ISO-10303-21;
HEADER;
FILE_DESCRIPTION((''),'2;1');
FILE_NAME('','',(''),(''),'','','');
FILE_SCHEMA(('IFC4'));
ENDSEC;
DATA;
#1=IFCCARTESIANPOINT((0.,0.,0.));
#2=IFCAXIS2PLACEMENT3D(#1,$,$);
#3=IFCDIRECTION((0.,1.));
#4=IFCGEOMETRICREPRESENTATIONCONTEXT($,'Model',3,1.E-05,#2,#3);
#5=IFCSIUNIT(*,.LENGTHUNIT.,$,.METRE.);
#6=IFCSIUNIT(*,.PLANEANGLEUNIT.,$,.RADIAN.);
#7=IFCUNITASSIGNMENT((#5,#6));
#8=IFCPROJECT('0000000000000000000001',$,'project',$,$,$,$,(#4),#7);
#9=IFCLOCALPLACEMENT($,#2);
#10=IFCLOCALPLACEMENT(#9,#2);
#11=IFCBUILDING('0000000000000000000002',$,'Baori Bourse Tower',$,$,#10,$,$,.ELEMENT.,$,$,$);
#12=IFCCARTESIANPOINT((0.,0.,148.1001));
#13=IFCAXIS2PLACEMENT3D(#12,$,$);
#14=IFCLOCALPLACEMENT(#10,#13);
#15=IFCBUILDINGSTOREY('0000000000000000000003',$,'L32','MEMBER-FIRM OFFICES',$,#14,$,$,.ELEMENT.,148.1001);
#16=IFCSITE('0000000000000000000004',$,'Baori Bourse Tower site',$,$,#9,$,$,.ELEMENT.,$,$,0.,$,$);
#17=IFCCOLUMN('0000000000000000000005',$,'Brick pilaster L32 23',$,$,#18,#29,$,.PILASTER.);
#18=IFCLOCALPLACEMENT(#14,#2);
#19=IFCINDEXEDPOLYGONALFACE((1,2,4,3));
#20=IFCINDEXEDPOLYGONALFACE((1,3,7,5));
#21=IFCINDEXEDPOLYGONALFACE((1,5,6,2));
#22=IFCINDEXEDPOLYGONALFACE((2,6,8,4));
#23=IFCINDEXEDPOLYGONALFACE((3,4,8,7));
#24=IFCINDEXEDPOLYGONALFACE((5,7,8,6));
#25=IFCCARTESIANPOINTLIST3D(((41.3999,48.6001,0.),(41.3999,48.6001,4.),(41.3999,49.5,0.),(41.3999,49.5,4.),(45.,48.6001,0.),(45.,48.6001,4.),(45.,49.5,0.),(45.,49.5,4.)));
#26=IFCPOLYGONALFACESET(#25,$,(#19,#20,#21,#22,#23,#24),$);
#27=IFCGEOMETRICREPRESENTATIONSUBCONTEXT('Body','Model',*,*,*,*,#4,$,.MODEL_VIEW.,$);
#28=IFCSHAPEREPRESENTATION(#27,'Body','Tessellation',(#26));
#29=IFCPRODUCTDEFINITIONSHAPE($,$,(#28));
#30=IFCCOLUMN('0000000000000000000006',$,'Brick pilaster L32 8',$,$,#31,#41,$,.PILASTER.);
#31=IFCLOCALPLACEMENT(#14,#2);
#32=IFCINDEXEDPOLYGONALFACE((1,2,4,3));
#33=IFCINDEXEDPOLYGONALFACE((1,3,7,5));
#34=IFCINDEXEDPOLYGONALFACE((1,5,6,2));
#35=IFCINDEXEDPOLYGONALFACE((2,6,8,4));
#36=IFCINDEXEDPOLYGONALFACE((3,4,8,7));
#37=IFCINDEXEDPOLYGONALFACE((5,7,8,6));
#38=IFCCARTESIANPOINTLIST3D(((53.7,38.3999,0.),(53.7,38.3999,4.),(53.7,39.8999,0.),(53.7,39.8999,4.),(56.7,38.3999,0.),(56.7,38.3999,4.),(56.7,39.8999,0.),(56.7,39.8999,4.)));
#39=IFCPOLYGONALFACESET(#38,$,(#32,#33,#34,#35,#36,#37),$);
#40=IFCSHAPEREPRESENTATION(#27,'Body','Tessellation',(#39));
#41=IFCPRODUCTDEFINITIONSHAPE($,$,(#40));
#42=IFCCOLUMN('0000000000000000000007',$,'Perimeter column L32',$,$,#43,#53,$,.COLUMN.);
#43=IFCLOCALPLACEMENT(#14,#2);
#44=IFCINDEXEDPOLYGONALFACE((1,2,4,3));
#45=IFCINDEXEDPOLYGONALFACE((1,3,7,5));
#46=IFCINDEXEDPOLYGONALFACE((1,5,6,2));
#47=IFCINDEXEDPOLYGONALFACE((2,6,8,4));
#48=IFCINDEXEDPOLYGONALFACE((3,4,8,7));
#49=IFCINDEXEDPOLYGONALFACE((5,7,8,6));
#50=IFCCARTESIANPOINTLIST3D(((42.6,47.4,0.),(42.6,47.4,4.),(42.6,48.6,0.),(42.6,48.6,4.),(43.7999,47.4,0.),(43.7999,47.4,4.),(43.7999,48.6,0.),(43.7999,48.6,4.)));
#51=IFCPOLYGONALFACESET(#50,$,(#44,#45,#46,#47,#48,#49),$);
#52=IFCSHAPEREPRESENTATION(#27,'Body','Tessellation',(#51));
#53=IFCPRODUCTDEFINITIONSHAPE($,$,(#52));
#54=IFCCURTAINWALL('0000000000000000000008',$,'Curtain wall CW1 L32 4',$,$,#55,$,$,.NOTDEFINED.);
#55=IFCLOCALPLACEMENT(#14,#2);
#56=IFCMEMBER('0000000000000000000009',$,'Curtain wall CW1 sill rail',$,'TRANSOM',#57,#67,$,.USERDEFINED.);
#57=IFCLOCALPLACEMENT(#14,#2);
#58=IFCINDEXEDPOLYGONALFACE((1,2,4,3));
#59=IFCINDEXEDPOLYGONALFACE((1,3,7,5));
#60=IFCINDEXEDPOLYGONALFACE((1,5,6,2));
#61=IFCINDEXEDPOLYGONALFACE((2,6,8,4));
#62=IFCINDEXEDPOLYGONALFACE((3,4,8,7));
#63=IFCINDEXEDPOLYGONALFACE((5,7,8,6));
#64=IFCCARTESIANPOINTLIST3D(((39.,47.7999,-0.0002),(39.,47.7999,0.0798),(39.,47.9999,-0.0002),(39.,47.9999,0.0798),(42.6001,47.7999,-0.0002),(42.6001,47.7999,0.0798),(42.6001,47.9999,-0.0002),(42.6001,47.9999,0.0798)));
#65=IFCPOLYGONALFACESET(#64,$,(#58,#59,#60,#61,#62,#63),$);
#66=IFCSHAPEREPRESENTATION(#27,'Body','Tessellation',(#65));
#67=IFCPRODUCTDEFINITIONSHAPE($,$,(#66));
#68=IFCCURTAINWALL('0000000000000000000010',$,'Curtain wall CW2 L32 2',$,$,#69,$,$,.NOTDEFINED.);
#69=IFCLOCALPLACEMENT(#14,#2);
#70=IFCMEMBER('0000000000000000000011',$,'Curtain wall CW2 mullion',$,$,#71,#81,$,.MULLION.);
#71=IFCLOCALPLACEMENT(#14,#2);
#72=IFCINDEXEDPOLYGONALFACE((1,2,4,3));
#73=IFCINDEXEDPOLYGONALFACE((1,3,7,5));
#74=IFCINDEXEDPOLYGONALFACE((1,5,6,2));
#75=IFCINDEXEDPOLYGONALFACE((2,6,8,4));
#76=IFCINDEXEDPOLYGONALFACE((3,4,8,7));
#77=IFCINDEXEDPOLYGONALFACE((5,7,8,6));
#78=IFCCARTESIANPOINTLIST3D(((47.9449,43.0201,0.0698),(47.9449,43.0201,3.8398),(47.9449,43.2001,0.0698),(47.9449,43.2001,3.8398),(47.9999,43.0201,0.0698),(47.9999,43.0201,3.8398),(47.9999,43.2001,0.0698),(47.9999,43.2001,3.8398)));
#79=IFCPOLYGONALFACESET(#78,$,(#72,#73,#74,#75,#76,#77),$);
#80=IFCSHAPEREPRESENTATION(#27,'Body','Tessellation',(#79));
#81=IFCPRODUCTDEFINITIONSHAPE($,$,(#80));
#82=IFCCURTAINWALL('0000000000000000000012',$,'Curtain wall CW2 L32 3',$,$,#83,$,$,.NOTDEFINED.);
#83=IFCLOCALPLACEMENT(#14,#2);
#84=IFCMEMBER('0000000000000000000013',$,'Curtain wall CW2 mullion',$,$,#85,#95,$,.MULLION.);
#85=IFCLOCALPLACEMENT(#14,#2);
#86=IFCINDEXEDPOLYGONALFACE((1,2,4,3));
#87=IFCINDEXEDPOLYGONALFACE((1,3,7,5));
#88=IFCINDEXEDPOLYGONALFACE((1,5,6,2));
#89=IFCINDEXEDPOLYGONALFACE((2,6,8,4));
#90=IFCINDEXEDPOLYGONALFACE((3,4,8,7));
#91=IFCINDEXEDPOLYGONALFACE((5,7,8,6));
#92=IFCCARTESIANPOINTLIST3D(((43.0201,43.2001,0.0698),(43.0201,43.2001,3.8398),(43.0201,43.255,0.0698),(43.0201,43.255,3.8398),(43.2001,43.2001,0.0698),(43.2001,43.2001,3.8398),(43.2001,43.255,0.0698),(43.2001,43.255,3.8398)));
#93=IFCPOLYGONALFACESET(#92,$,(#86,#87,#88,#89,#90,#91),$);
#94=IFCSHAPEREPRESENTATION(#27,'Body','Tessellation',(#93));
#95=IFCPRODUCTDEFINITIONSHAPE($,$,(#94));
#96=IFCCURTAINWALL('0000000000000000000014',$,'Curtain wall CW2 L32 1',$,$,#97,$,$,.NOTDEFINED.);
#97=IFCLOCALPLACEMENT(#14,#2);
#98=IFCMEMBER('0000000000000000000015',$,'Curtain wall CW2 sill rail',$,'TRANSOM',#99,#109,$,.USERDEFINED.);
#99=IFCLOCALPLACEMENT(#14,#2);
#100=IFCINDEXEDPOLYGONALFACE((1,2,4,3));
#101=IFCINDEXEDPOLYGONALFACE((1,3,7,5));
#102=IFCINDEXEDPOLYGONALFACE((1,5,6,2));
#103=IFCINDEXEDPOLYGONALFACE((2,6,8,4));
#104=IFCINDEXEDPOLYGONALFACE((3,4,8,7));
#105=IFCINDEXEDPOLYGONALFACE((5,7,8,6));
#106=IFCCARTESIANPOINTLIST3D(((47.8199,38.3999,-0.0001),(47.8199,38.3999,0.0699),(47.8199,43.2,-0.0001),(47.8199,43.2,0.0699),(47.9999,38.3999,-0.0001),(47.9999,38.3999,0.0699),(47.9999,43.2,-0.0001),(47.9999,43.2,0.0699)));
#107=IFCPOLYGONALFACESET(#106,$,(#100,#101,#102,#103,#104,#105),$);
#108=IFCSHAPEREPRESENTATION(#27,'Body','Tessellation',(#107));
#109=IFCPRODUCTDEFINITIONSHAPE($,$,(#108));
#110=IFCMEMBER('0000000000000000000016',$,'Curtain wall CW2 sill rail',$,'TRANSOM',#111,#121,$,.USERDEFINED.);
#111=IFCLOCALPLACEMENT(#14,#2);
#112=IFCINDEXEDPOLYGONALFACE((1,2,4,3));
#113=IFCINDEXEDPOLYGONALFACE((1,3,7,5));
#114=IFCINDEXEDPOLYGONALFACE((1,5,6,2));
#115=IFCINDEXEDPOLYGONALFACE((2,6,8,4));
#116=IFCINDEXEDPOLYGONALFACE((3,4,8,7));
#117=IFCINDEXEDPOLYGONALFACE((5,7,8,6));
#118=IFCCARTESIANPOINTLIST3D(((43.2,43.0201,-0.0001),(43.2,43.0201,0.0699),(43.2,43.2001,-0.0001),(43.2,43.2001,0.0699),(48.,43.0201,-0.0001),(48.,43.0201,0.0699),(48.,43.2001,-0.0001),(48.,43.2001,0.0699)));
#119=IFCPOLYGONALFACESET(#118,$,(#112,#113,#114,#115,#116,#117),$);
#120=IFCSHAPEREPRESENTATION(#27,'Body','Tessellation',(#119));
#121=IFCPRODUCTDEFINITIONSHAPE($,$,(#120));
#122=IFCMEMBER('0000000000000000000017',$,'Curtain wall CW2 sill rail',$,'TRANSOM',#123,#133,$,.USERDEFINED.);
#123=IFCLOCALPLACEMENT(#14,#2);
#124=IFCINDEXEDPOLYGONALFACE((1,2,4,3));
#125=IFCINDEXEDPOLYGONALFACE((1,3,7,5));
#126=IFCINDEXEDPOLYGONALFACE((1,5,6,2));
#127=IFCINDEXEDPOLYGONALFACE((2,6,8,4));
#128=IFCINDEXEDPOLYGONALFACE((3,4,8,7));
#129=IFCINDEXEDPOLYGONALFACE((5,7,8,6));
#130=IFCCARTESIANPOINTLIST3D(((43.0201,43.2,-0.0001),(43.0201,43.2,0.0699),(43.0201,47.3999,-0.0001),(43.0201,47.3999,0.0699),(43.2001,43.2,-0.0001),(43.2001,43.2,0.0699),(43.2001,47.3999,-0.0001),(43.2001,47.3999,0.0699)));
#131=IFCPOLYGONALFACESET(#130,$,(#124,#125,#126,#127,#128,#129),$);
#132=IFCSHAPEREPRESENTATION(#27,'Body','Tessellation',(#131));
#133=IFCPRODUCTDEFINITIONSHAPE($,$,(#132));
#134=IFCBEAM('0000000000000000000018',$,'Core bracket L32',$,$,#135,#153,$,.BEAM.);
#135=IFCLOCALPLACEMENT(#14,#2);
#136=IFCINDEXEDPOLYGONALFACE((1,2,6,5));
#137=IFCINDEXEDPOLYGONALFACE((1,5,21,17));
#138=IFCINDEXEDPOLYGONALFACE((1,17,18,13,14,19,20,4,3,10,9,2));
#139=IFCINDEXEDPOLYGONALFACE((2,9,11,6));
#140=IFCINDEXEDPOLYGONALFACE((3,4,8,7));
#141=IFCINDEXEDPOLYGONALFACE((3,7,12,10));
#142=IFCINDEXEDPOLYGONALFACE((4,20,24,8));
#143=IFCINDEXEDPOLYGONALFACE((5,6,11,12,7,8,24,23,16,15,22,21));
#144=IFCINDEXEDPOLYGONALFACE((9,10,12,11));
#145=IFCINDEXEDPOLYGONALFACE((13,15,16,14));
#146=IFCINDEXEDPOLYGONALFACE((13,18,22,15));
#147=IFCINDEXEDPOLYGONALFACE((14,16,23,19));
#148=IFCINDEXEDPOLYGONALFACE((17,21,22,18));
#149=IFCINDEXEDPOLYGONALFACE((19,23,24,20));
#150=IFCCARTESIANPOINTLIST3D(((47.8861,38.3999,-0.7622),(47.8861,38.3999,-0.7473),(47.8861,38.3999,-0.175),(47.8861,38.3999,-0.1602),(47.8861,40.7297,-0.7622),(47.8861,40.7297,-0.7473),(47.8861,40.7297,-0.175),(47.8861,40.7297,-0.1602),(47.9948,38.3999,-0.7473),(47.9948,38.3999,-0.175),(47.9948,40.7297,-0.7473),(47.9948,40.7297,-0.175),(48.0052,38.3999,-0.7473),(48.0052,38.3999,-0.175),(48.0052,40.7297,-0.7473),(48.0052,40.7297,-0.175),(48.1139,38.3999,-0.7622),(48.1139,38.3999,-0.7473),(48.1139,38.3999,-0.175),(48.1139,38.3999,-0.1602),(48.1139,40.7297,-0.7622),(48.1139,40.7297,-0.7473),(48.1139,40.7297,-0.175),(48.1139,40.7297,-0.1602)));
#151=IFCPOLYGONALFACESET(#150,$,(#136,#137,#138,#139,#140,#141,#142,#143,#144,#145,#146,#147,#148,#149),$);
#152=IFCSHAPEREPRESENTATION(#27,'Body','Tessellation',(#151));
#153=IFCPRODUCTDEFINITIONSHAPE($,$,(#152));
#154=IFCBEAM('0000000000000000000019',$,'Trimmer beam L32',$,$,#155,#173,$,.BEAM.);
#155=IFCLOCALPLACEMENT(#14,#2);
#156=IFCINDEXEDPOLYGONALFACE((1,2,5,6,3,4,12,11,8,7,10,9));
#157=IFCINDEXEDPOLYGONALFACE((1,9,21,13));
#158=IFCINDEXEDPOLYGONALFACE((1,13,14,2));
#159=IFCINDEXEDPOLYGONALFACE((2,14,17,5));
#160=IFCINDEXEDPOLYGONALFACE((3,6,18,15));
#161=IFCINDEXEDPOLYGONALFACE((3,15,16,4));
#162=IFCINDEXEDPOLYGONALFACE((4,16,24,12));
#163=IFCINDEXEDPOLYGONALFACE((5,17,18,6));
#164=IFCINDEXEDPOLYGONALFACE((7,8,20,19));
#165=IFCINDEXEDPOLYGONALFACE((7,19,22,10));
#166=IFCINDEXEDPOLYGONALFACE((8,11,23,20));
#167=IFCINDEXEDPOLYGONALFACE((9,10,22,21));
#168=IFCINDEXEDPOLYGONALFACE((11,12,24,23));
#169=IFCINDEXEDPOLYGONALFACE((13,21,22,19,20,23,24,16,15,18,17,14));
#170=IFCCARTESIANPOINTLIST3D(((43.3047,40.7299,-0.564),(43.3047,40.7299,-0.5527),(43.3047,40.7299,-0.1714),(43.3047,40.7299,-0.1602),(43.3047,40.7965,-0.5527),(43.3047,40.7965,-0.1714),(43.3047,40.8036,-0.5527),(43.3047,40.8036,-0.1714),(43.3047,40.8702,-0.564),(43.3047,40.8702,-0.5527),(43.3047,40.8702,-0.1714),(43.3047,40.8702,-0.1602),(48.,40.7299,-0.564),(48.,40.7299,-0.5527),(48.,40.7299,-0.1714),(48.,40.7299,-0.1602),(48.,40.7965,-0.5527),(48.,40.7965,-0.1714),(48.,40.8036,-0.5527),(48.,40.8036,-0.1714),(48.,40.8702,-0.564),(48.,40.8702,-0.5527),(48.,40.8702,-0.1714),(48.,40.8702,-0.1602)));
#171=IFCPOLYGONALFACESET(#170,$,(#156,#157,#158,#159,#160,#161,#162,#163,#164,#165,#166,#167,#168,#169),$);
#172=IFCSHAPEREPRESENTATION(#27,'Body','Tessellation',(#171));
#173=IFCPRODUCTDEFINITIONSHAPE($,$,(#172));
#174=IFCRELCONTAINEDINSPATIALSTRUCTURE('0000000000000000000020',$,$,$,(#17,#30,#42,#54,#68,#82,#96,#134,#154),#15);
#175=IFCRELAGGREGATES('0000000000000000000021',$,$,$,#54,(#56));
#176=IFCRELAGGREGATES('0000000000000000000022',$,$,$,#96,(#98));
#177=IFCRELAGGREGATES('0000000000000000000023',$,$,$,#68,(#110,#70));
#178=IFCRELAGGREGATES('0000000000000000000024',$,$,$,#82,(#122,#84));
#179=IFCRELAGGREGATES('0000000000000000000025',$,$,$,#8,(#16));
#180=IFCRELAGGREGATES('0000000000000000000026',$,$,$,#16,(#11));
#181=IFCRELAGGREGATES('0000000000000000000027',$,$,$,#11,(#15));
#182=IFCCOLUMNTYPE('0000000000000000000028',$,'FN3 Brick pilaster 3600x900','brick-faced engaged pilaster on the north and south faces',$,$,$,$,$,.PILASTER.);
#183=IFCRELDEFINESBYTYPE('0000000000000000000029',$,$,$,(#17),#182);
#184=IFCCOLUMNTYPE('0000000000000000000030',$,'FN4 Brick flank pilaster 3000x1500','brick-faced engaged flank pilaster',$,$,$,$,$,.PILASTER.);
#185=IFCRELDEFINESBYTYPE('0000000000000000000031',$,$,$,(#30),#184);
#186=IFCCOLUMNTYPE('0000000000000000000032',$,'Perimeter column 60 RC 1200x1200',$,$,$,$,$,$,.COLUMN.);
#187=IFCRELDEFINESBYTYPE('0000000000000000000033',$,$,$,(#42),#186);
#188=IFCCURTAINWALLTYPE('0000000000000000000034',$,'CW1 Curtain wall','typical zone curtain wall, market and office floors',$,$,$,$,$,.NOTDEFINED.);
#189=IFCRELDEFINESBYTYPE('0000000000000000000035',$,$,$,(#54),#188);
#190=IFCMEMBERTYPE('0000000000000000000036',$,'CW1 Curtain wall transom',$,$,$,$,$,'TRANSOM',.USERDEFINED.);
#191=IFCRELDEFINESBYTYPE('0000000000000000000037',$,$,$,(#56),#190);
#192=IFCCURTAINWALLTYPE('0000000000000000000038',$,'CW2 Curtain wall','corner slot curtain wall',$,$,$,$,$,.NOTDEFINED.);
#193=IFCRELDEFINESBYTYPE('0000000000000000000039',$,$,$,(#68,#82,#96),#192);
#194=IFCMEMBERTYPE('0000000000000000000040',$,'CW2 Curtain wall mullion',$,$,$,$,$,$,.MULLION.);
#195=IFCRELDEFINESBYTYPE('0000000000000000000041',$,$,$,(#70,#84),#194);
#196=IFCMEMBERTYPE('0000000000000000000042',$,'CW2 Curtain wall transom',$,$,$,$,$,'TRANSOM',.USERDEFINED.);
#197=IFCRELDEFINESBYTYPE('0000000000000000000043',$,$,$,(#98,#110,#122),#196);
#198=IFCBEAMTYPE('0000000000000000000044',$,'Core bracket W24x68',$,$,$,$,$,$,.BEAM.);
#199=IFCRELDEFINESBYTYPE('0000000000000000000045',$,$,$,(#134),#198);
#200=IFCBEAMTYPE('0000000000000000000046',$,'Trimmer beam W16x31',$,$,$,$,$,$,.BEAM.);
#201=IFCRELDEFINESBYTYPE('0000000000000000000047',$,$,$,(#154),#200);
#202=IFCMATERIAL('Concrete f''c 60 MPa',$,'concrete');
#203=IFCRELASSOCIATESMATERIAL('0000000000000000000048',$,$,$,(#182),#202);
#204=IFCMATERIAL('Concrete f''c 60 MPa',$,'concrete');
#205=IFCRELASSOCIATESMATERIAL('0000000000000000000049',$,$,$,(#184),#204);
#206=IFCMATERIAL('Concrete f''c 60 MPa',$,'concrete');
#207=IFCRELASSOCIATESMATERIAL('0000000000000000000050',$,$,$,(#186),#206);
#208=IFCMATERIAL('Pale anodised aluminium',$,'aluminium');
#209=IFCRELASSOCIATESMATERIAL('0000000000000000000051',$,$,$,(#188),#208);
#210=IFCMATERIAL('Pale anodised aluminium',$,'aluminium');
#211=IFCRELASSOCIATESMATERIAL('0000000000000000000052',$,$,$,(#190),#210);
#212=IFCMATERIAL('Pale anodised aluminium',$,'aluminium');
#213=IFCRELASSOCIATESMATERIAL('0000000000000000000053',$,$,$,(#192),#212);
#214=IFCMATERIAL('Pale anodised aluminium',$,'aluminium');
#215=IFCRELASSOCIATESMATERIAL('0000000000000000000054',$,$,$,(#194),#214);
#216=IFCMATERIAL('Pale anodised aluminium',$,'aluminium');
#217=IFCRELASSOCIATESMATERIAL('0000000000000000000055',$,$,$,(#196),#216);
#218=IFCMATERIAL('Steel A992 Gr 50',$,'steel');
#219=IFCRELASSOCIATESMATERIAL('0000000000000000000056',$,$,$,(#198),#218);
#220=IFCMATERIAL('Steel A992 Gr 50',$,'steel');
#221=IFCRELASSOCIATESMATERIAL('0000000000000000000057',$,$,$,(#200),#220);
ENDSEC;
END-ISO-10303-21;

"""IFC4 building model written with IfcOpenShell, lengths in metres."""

from ifc_helpers import new_model, si_unit, direction, frame, origin, origin_2d, place, context, subcontext, project, spatial, rectangle, i_section, extrude, material, material_profile, profile_set, type_object, element, aggregate, save


model = new_model("IFC4")

# Units and contexts
model_context = context("Model", 3, precision=1e-05, world=origin(), true_north=direction((0.0, 1.0)))
body_context = subcontext(model_context, "Body", "Model", "MODEL_VIEW")
ifc_project = project(units=[si_unit("LENGTHUNIT", "METRE"), si_unit("PLANEANGLEUNIT", "RADIAN")], contexts=[model_context])

# Site, building, storey
site_placement = place(None, origin())
site = spatial("IfcSite", under=ifc_project, at=site_placement, Name="Baori Bourse Tower site", CompositionType="ELEMENT", RefElevation=0.0)
building_placement = place(site_placement, origin())
building = spatial("IfcBuilding", under=site, at=building_placement, Name="Baori Bourse Tower", CompositionType="ELEMENT")
storey_placement = place(building_placement, frame((0.0, 0.0, 148.1001)))
storey = spatial("IfcBuildingStorey", under=building, at=storey_placement, Name="L32", Description="MEMBER-FIRM OFFICES", CompositionType="ELEMENT", Elevation=148.1001)

# Columns
ifc_material_1 = material(Name="Concrete f'c 60 MPa", Category="concrete")
ifc_material_profile_1 = material_profile(ifc_material_1, rectangle(XDim=3.6001, YDim=0.8999, at=origin_2d()), Name="RC 3600x900")
ifc_profile_set_1 = profile_set([ifc_material_profile_1], Name="Concrete f'c 60 MPa")
column_type_1 = type_object("IfcColumnType", Name="FN3 Brick pilaster 3600x900", Description="brick-faced engaged pilaster on the north and south faces", PredefinedType="PILASTER", material=ifc_profile_set_1)
column_1_placement = place(storey_placement, frame((43.2, 49.05, 0.0), z_axis=(0.0, 0.0, 1.0), x_axis=(1.0, 0.0, 0.0)))
element("IfcColumn", 1, at=column_1_placement, inside=storey, type_object=column_type_1, Name="Brick pilaster L32 23", PredefinedType="PILASTER", context=body_context, shape_type="SweptSolid", body=[
    extrude(rectangle(XDim=3.6001, YDim=0.8999, at=origin_2d()), origin(), (0.0, 0.0, 1.0), 4.0),
])
ifc_material_2 = material(Name="Concrete f'c 60 MPa", Category="concrete")
ifc_material_profile_2 = material_profile(ifc_material_2, rectangle(XDim=3.0, YDim=1.5, at=origin_2d()), Name="RC 3000x1500")
ifc_profile_set_2 = profile_set([ifc_material_profile_2], Name="Concrete f'c 60 MPa")
column_type_2 = type_object("IfcColumnType", Name="FN4 Brick flank pilaster 3000x1500", Description="brick-faced engaged flank pilaster", PredefinedType="PILASTER", material=ifc_profile_set_2)
column_2_placement = place(storey_placement, frame((55.2, 39.1499, 0.0), z_axis=(0.0, 0.0, 1.0), x_axis=(1.0, 0.0, 0.0)))
element("IfcColumn", 2, at=column_2_placement, inside=storey, type_object=column_type_2, Name="Brick pilaster L32 8", PredefinedType="PILASTER", context=body_context, shape_type="SweptSolid", body=[
    extrude(rectangle(XDim=3.0, YDim=1.5, at=origin_2d()), origin(), (0.0, 0.0, 1.0), 4.0),
])
ifc_material_3 = material(Name="Concrete f'c 60 MPa", Category="concrete")
ifc_material_profile_3 = material_profile(ifc_material_3, rectangle(XDim=1.2, YDim=1.2, at=origin_2d()), Name="RC 1200x1200")
ifc_profile_set_3 = profile_set([ifc_material_profile_3], Name="Concrete f'c 60 MPa")
column_type_3 = type_object("IfcColumnType", Name="Perimeter column 60 RC 1200x1200", PredefinedType="COLUMN", material=ifc_profile_set_3)
column_3_placement = place(storey_placement, frame((43.2, 48.0, 0.0), z_axis=(0.0, 0.0, 1.0), x_axis=(1.0, 0.0, 0.0)))
element("IfcColumn", 3, at=column_3_placement, inside=storey, type_object=column_type_3, Name="Perimeter column L32", PredefinedType="COLUMN", context=body_context, shape_type="SweptSolid", body=[
    extrude(rectangle(XDim=1.2, YDim=1.2, at=origin_2d()), origin(), (0.0, 0.0, 1.0), 4.0),
])

# Curtain walls, members
ifc_material_4 = material(Name="Pale anodised aluminium", Category="aluminium")
curtain_wall_type_1 = type_object("IfcCurtainWallType", Name="CW1 Curtain wall", Description="typical zone curtain wall, market and office floors", PredefinedType="NOTDEFINED", material=ifc_material_4)
curtain_wall_1_placement = place(storey_placement, origin())
curtain_wall_1 = element("IfcCurtainWall", 4, at=curtain_wall_1_placement, inside=storey, type_object=curtain_wall_type_1, Name="Curtain wall CW1 L32 4", PredefinedType="NOTDEFINED")
ifc_material_5 = material(Name="Pale anodised aluminium", Category="aluminium")
ifc_material_profile_4 = material_profile(ifc_material_5, rectangle(XDim=0.2, YDim=0.0801, at=origin_2d()), Name="Transom 80x200")
ifc_profile_set_4 = profile_set([ifc_material_profile_4], Name="Pale anodised aluminium")
member_type_1 = type_object("IfcMemberType", Name="CW1 Curtain wall transom", ElementType="TRANSOM", PredefinedType="USERDEFINED", material=ifc_profile_set_4)
member_1_placement = place(storey_placement, frame((42.6001, 47.8999, 0.0398), z_axis=(-1.0, 0.0, 0.0), x_axis=(0.0, -1.0, 0.0)))
member_1 = element("IfcMember", 5, at=member_1_placement, type_object=member_type_1, Name="Curtain wall CW1 sill rail", ObjectType="TRANSOM", PredefinedType="USERDEFINED", context=body_context, shape_type="SweptSolid", body=[
    extrude(rectangle(XDim=0.2, YDim=0.0801, at=origin_2d()), origin(), (0.0, 0.0, 1.0), 3.6001),
])
aggregate(curtain_wall_1, [member_1])
ifc_material_6 = material(Name="Pale anodised aluminium", Category="aluminium")
curtain_wall_type_2 = type_object("IfcCurtainWallType", Name="CW2 Curtain wall", Description="corner slot curtain wall", PredefinedType="NOTDEFINED", material=ifc_material_6)
curtain_wall_2_placement = place(storey_placement, origin())
curtain_wall_2 = element("IfcCurtainWall", 6, at=curtain_wall_2_placement, inside=storey, type_object=curtain_wall_type_2, Name="Curtain wall CW2 L32 2", PredefinedType="NOTDEFINED")
ifc_material_7 = material(Name="Pale anodised aluminium", Category="aluminium")
ifc_material_profile_5 = material_profile(ifc_material_7, rectangle(XDim=0.1799, YDim=0.0549, at=origin_2d()), Name="Mullion 55x180")
ifc_profile_set_5 = profile_set([ifc_material_profile_5], Name="Pale anodised aluminium")
member_type_2 = type_object("IfcMemberType", Name="CW2 Curtain wall mullion", PredefinedType="MULLION", material=ifc_profile_set_5)
member_2_placement = place(storey_placement, frame((47.9724, 43.1101, 0.0698), z_axis=(0.0, 0.0, 1.0), x_axis=(0.0, -1.0, 0.0)))
member_2 = element("IfcMember", 7, at=member_2_placement, type_object=member_type_2, Name="Curtain wall CW2 mullion", PredefinedType="MULLION", context=body_context, shape_type="SweptSolid", body=[
    extrude(rectangle(XDim=0.1799, YDim=0.0549, at=origin_2d()), origin(), (0.0, 0.0, 1.0), 3.77),
])
curtain_wall_3_placement = place(storey_placement, origin())
curtain_wall_3 = element("IfcCurtainWall", 8, at=curtain_wall_3_placement, inside=storey, type_object=curtain_wall_type_2, Name="Curtain wall CW2 L32 3", PredefinedType="NOTDEFINED")
member_3_placement = place(storey_placement, frame((43.1101, 43.2275, 0.0698), z_axis=(0.0, 0.0, 1.0), x_axis=(-1.0, 0.0, 0.0)))
member_3 = element("IfcMember", 9, at=member_3_placement, type_object=member_type_2, Name="Curtain wall CW2 mullion", PredefinedType="MULLION", context=body_context, shape_type="SweptSolid", body=[
    extrude(rectangle(XDim=0.1799, YDim=0.0549, at=origin_2d()), origin(), (0.0, 0.0, 1.0), 3.77),
])
curtain_wall_4_placement = place(storey_placement, origin())
curtain_wall_4 = element("IfcCurtainWall", 10, at=curtain_wall_4_placement, inside=storey, type_object=curtain_wall_type_2, Name="Curtain wall CW2 L32 1", PredefinedType="NOTDEFINED")
ifc_material_8 = material(Name="Pale anodised aluminium", Category="aluminium")
ifc_material_profile_6 = material_profile(ifc_material_8, rectangle(XDim=0.1799, YDim=0.0701, at=origin_2d()), Name="Transom 70x180")
ifc_profile_set_6 = profile_set([ifc_material_profile_6], Name="Pale anodised aluminium")
member_type_3 = type_object("IfcMemberType", Name="CW2 Curtain wall transom", ElementType="TRANSOM", PredefinedType="USERDEFINED", material=ifc_profile_set_6)
member_4_placement = place(storey_placement, frame((47.9099, 38.3999, 0.0349), z_axis=(0.0, 1.0, 0.0), x_axis=(-1.0, 0.0, 0.0)))
member_4 = element("IfcMember", 11, at=member_4_placement, type_object=member_type_3, Name="Curtain wall CW2 sill rail", ObjectType="TRANSOM", PredefinedType="USERDEFINED", context=body_context, shape_type="SweptSolid", body=[
    extrude(rectangle(XDim=0.1799, YDim=0.0701, at=origin_2d()), origin(), (0.0, 0.0, 1.0), 4.8),
])

# Members
member_5_placement = place(storey_placement, frame((48.0, 43.1101, 0.0349), z_axis=(-1.0, 0.0, 0.0), x_axis=(0.0, -1.0, 0.0)))
member_5 = element("IfcMember", 12, at=member_5_placement, type_object=member_type_3, Name="Curtain wall CW2 sill rail", ObjectType="TRANSOM", PredefinedType="USERDEFINED", context=body_context, shape_type="SweptSolid", body=[
    extrude(rectangle(XDim=0.1799, YDim=0.0701, at=origin_2d()), origin(), (0.0, 0.0, 1.0), 4.8),
])
member_6_placement = place(storey_placement, frame((43.1101, 43.2, 0.0349), z_axis=(0.0, 1.0, 0.0), x_axis=(-1.0, 0.0, 0.0)))
member_6 = element("IfcMember", 13, at=member_6_placement, type_object=member_type_3, Name="Curtain wall CW2 sill rail", ObjectType="TRANSOM", PredefinedType="USERDEFINED", context=body_context, shape_type="SweptSolid", body=[
    extrude(rectangle(XDim=0.1799, YDim=0.0701, at=origin_2d()), origin(), (0.0, 0.0, 1.0), 4.2),
])

# Beams
ifc_material_9 = material(Name="Steel A992 Gr 50", Category="steel")
ifc_material_profile_7 = material_profile(ifc_material_9, i_section(OverallWidth=0.2278, OverallDepth=0.6021, WebThickness=0.0105, FlangeThickness=0.0149, at=origin_2d()), Name="W24x68")
ifc_profile_set_7 = profile_set([ifc_material_profile_7], Name="Steel A992 Gr 50")
beam_type_1 = type_object("IfcBeamType", Name="Core bracket W24x68", PredefinedType="BEAM", material=ifc_profile_set_7)
beam_1_placement = place(storey_placement, frame((48.0, 38.3999, -0.4612), z_axis=(0.0, 1.0, 0.0), x_axis=(-1.0, 0.0, 0.0)))
element("IfcBeam", 14, at=beam_1_placement, inside=storey, type_object=beam_type_1, Name="Core bracket L32", PredefinedType="BEAM", context=body_context, shape_type="SweptSolid", body=[
    extrude(i_section(OverallWidth=0.2278, OverallDepth=0.6021, WebThickness=0.0105, FlangeThickness=0.0149, at=origin_2d()), origin(), (0.0, 0.0, 1.0), 2.3298),
])
ifc_material_10 = material(Name="Steel A992 Gr 50", Category="steel")
ifc_material_profile_8 = material_profile(ifc_material_10, i_section(OverallWidth=0.1404, OverallDepth=0.4038, WebThickness=0.0071, FlangeThickness=0.0112, at=origin_2d()), Name="W16x31")
ifc_profile_set_8 = profile_set([ifc_material_profile_8], Name="Steel A992 Gr 50")
beam_type_2 = type_object("IfcBeamType", Name="Trimmer beam W16x31", PredefinedType="BEAM", material=ifc_profile_set_8)
beam_2_placement = place(storey_placement, frame((43.3047, 40.8, -0.3621), z_axis=(1.0, 0.0, 0.0), x_axis=(0.0, 1.0, 0.0)))
element("IfcBeam", 15, at=beam_2_placement, inside=storey, type_object=beam_type_2, Name="Trimmer beam L32", PredefinedType="BEAM", context=body_context, shape_type="SweptSolid", body=[
    extrude(i_section(OverallWidth=0.1404, OverallDepth=0.4038, WebThickness=0.0071, FlangeThickness=0.0112, at=origin_2d()), origin(), (0.0, 0.0, 1.0), 4.6953),
])

aggregate(curtain_wall_4, [member_4])
aggregate(curtain_wall_2, [member_5, member_2])
aggregate(curtain_wall_3, [member_6, member_3])

save(model, "model.ifc")
